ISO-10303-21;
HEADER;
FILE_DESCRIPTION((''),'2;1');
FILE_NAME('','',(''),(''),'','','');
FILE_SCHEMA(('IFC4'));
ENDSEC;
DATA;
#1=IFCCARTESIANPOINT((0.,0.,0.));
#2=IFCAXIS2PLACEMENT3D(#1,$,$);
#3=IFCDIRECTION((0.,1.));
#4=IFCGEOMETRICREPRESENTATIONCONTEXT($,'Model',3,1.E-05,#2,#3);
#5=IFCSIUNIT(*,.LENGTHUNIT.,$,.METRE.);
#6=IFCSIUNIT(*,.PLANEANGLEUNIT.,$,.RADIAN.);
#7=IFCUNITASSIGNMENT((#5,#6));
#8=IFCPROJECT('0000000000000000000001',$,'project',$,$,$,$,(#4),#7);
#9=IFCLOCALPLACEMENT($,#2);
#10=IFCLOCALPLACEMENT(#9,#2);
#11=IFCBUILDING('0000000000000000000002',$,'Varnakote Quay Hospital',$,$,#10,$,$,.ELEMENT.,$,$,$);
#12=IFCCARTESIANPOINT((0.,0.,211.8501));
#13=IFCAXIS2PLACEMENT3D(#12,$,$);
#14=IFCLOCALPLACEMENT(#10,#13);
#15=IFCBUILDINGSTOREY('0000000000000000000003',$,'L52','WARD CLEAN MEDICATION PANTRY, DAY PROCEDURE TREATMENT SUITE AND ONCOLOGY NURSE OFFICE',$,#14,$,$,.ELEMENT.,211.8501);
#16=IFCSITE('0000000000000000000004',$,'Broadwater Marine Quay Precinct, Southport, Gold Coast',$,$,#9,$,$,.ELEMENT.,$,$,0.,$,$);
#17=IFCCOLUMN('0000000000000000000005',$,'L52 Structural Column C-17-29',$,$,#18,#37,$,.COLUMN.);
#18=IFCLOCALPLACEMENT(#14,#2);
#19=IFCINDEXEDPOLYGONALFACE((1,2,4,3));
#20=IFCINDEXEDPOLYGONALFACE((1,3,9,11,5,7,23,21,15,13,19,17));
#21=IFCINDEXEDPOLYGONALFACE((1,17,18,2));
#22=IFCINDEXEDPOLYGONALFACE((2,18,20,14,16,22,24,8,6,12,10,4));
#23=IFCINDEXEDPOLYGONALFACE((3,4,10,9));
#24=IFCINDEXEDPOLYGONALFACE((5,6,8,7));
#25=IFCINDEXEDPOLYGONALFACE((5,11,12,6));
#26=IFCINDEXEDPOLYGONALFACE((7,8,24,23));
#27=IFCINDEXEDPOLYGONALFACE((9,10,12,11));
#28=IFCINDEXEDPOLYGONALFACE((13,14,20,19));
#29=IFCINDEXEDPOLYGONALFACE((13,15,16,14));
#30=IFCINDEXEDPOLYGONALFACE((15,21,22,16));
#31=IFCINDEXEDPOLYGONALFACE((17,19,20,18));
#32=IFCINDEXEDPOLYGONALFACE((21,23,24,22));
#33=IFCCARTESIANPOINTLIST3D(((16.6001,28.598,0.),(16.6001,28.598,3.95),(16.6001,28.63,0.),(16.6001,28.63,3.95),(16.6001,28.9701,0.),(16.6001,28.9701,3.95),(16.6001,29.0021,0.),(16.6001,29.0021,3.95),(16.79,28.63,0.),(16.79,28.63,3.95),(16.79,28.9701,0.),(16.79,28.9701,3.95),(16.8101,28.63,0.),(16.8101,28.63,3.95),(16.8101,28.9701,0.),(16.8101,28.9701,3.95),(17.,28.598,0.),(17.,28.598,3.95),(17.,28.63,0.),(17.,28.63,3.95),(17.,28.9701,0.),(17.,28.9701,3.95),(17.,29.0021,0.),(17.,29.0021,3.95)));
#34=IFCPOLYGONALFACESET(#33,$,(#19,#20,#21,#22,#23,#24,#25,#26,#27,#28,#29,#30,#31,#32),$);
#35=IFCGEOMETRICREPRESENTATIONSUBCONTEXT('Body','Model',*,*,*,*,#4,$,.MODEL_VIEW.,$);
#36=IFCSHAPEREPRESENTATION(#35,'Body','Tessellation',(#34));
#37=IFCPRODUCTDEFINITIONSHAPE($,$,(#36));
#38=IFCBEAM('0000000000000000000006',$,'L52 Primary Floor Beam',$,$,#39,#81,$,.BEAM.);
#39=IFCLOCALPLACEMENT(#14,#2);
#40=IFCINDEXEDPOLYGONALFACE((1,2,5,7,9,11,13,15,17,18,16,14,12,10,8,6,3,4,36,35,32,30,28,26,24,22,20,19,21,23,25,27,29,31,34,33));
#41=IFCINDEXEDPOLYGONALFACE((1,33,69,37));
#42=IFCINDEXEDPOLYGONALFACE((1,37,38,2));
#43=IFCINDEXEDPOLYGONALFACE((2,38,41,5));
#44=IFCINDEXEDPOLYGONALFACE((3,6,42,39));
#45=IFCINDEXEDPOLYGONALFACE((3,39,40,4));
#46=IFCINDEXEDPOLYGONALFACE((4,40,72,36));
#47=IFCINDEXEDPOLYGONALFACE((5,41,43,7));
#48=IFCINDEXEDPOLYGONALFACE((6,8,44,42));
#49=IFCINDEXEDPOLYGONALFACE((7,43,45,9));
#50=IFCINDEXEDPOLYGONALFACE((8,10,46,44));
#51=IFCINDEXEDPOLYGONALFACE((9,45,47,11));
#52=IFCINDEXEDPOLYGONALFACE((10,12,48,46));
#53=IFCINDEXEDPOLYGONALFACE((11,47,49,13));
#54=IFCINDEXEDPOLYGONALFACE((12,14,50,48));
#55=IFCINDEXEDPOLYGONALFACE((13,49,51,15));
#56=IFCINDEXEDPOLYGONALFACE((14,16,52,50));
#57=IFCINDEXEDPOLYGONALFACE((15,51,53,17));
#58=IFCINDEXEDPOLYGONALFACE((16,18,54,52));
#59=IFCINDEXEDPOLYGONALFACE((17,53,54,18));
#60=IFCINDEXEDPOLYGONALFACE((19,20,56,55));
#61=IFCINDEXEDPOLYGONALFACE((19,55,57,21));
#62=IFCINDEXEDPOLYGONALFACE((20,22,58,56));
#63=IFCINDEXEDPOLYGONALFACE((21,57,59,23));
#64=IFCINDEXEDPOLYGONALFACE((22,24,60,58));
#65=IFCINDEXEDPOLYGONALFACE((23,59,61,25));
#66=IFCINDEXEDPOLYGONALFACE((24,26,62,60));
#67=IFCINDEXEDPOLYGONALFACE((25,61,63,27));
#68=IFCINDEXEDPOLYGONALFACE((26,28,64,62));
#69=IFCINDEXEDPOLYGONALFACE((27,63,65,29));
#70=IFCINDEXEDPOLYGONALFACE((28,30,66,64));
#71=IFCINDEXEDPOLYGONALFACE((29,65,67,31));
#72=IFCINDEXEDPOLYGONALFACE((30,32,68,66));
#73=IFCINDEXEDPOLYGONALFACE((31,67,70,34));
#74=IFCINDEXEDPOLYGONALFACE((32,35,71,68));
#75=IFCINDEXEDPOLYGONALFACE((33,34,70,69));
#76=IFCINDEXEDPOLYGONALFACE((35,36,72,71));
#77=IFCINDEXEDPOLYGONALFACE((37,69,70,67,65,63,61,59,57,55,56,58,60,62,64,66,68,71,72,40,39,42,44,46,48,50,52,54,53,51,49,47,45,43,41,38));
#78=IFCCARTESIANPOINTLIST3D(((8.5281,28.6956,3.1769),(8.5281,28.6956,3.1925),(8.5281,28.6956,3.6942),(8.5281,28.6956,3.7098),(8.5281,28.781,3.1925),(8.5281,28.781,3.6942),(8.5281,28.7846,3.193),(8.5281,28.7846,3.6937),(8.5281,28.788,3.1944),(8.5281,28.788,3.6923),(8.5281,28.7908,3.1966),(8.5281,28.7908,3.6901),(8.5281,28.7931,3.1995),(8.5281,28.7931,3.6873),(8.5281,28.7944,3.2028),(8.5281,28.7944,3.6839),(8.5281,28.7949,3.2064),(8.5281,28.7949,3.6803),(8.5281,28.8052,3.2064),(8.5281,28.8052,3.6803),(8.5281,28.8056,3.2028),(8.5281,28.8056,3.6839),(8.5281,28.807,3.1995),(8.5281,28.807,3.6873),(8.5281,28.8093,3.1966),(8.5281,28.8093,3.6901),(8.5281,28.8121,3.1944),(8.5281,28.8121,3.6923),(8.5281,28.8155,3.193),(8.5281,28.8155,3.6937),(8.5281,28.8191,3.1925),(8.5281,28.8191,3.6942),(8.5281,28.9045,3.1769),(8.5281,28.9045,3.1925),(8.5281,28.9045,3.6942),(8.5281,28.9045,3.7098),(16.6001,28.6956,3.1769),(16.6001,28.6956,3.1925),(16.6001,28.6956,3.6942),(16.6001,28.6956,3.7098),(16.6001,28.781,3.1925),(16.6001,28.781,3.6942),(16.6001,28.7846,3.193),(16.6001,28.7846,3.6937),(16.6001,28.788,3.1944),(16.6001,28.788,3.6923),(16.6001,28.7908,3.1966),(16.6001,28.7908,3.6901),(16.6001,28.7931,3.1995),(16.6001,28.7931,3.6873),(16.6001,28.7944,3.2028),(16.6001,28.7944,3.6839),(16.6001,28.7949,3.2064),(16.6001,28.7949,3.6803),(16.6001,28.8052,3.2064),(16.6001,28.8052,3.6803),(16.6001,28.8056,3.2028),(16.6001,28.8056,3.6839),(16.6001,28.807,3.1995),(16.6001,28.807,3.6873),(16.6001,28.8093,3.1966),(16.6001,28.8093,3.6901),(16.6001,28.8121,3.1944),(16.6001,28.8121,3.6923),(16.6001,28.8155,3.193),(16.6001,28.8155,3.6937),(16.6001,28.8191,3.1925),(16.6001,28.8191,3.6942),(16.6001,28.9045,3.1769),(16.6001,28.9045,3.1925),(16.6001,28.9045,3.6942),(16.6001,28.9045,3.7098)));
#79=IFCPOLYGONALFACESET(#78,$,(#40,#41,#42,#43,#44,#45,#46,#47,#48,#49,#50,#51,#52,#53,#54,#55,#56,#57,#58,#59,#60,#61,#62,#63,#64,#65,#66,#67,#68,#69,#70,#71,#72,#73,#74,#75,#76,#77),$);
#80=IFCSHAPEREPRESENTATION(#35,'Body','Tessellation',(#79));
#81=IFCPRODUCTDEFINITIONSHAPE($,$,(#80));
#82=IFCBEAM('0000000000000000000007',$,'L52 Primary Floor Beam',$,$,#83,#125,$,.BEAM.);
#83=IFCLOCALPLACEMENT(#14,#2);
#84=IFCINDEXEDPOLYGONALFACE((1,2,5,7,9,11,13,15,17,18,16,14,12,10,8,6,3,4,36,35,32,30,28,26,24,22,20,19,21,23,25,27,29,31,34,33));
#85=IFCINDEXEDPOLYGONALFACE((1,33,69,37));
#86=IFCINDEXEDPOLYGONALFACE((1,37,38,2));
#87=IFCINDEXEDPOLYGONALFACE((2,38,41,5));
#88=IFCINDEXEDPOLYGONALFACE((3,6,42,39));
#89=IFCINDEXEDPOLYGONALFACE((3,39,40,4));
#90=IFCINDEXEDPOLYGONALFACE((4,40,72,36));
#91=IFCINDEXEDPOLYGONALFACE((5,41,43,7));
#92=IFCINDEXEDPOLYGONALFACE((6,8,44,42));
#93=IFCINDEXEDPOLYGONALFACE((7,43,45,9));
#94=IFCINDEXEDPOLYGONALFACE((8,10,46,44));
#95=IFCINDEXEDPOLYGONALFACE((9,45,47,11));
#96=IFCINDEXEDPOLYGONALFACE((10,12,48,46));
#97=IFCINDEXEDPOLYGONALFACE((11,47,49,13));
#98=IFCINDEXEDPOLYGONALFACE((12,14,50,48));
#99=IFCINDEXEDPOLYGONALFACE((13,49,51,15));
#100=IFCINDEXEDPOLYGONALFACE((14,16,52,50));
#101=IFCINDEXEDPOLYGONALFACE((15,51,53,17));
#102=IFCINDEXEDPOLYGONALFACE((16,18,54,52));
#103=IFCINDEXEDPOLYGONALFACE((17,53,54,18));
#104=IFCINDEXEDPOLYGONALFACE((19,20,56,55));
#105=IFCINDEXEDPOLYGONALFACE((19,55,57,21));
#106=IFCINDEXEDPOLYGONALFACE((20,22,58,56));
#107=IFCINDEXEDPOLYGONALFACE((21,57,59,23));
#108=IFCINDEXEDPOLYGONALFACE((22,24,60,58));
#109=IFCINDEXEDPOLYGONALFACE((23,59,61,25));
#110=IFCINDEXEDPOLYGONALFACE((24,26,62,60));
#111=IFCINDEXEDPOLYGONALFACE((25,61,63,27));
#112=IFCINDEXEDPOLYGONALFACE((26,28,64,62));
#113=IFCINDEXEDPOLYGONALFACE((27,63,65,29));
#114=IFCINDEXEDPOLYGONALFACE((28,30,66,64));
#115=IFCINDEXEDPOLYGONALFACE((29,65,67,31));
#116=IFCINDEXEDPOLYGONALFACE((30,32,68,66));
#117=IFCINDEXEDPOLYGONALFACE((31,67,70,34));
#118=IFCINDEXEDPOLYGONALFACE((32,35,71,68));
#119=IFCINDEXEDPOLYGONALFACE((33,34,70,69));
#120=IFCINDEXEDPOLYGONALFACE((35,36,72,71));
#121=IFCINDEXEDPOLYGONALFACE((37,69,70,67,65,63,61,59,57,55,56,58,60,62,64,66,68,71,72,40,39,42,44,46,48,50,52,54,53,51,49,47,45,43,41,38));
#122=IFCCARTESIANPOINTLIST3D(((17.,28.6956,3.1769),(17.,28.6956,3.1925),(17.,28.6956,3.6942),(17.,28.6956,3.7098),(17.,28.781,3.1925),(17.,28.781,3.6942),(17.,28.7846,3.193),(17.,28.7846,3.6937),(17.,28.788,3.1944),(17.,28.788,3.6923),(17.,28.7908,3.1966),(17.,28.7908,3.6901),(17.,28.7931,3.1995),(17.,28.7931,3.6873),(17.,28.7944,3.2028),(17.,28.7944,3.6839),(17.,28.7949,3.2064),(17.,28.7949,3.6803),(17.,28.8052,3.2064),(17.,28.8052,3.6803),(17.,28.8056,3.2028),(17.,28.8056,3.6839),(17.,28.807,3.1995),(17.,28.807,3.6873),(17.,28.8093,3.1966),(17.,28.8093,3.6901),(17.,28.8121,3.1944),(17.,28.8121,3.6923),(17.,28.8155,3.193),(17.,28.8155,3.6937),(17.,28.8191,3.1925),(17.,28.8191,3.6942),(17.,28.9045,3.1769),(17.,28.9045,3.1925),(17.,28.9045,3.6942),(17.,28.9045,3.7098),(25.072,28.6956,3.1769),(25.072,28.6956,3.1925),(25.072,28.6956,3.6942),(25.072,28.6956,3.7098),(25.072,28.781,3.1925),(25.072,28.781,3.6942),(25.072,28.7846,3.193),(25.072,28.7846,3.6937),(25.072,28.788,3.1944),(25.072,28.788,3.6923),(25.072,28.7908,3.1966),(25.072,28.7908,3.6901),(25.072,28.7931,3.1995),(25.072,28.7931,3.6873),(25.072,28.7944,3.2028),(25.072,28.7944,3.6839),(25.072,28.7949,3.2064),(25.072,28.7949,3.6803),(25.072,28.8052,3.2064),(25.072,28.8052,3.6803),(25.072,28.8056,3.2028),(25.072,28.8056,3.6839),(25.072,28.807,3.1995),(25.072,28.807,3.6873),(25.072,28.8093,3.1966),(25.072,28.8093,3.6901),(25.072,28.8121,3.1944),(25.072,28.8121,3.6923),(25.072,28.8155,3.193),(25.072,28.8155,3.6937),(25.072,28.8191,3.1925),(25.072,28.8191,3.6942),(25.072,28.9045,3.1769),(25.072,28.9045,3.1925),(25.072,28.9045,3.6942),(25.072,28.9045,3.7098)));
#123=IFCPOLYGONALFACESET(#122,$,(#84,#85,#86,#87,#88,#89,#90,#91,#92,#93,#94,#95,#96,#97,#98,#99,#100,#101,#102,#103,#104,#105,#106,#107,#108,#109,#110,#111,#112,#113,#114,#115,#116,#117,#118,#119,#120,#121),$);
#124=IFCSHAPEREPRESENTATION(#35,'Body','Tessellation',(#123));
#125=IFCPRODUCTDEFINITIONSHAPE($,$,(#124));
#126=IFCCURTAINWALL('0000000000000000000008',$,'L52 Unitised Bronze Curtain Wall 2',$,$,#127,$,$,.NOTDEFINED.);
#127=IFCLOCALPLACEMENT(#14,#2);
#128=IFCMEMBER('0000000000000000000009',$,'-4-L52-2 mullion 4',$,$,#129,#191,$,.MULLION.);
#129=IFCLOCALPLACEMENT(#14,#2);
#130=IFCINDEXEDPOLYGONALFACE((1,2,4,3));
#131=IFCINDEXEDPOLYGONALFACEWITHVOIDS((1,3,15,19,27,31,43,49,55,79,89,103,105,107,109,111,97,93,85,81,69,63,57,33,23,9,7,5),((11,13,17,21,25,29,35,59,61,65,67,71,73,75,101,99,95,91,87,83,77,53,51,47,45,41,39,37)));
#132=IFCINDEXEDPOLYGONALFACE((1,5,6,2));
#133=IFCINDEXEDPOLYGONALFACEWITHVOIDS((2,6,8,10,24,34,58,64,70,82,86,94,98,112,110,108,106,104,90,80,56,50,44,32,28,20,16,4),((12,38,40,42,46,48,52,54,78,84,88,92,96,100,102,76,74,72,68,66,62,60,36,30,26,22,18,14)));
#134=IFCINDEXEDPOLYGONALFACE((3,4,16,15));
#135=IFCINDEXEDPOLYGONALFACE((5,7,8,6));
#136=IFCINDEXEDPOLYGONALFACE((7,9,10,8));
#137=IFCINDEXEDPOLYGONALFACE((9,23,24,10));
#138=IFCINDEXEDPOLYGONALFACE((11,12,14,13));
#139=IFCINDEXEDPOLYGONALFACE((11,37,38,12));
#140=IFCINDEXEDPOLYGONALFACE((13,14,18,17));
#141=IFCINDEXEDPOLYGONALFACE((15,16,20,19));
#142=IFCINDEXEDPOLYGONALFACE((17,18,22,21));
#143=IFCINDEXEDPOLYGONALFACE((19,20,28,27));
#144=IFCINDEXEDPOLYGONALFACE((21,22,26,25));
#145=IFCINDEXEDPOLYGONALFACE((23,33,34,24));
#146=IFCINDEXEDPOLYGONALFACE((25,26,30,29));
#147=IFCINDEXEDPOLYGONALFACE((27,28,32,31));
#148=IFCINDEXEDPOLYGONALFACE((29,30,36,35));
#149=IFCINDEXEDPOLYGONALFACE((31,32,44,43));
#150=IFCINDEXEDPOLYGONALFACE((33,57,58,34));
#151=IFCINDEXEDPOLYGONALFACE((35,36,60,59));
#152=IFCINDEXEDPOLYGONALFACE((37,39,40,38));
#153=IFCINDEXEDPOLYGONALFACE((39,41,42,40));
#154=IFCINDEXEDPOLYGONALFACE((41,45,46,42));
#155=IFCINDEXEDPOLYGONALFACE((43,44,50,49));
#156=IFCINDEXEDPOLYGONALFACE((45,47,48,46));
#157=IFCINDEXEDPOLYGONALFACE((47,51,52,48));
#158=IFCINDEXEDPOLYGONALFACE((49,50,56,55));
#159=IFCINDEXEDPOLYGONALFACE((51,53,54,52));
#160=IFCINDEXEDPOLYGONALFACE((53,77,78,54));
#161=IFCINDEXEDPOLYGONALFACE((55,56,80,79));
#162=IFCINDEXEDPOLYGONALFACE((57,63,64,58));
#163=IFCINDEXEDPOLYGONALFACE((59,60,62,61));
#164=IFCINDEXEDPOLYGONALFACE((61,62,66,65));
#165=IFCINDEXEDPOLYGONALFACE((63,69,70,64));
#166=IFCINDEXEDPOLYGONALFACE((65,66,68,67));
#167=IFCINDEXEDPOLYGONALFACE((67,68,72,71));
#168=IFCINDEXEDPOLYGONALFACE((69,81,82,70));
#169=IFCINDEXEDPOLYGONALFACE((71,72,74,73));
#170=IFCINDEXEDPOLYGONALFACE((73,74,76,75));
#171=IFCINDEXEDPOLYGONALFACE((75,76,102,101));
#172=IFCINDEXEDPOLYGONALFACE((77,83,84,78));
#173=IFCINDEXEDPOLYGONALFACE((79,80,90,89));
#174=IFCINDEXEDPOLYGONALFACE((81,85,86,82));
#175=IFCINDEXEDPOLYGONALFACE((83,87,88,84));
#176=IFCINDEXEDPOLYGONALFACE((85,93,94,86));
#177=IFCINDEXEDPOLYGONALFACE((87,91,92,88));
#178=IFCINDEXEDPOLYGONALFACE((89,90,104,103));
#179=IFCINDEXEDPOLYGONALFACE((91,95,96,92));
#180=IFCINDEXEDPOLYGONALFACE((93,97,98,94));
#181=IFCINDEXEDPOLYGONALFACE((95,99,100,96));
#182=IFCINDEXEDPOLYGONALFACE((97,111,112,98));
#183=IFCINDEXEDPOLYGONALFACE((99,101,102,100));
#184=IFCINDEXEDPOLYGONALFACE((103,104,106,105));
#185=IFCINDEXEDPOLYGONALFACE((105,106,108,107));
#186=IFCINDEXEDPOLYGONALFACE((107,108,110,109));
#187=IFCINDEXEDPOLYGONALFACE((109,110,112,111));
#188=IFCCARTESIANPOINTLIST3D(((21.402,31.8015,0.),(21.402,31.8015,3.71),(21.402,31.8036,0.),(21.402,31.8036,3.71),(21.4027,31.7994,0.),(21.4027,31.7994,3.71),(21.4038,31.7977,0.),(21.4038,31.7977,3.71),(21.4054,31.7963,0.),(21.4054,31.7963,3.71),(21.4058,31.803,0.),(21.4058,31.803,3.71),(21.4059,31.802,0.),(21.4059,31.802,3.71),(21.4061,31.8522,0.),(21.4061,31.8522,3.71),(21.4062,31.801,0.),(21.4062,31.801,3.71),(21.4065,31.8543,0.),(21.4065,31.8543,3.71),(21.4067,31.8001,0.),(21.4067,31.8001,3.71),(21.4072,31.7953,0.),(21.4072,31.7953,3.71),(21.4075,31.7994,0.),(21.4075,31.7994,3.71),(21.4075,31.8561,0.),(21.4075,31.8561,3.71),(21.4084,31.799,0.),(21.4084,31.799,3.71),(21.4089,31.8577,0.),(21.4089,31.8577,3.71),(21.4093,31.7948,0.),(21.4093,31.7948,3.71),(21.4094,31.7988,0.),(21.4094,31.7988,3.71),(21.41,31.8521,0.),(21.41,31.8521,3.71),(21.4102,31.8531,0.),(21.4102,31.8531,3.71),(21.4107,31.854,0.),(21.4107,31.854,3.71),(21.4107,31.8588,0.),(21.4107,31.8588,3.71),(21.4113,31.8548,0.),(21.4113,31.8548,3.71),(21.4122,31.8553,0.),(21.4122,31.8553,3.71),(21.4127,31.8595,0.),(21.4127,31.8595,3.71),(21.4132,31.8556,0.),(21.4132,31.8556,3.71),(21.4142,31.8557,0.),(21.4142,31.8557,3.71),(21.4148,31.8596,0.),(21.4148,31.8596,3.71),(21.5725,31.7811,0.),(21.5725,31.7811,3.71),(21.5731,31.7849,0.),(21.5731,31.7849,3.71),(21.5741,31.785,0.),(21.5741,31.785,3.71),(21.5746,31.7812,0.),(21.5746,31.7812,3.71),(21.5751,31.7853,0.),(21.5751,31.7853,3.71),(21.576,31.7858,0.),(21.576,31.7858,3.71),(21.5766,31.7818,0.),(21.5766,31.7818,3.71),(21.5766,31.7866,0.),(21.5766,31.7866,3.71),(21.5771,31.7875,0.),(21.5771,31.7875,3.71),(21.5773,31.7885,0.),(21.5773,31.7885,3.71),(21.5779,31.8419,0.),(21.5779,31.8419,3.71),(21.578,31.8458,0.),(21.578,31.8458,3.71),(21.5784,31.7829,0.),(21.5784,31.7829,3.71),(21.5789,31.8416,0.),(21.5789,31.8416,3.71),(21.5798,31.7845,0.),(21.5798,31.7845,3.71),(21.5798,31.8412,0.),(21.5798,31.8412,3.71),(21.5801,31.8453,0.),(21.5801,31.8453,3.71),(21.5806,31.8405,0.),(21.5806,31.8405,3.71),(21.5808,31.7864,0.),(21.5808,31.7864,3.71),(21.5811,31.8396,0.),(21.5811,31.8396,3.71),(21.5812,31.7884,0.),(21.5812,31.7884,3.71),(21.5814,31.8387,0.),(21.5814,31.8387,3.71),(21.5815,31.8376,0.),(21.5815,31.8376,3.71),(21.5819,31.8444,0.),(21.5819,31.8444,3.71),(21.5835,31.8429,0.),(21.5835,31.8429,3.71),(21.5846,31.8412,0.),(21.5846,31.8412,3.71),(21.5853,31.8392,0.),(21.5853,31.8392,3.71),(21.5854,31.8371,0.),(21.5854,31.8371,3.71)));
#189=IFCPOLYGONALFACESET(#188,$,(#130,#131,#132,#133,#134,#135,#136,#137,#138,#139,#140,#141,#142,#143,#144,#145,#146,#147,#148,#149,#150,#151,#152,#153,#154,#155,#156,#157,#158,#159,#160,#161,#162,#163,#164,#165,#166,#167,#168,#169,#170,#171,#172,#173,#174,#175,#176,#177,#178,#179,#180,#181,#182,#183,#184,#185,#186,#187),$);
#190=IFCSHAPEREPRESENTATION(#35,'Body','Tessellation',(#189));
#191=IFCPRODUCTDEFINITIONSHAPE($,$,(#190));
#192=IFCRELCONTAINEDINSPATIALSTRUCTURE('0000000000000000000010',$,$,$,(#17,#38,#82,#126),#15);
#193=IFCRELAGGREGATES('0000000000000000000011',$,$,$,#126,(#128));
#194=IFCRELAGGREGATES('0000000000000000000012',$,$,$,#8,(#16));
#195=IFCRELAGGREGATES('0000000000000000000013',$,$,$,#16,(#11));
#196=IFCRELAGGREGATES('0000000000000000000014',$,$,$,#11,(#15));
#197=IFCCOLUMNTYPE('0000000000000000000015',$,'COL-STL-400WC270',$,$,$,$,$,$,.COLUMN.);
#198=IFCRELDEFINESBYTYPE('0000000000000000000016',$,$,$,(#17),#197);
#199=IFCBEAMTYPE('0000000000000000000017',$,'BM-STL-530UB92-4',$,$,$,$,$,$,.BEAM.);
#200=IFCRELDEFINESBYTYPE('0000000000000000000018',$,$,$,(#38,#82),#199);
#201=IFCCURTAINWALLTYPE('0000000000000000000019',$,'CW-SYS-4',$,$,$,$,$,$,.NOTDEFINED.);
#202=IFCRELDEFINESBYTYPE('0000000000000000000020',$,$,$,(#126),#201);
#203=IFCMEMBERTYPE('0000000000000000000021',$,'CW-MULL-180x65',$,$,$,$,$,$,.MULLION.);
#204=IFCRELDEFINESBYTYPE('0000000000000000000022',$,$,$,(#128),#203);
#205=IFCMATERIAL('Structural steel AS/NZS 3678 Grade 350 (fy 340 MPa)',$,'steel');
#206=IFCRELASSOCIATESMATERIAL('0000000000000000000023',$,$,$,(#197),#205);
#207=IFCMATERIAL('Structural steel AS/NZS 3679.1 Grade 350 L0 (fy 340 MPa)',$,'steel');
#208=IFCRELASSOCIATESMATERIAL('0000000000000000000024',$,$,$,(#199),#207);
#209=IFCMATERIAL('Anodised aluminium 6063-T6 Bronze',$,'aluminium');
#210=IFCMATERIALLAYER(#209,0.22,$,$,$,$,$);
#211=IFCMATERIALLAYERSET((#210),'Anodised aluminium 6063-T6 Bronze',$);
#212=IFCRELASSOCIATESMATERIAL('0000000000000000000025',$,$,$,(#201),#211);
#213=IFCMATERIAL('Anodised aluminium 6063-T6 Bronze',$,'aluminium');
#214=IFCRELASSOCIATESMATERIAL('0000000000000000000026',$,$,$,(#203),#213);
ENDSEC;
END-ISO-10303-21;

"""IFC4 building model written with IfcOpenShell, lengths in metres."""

from ifc_helpers import new_model, si_unit, direction, frame, origin, origin_2d, place, context, subcontext, project, spatial, hollow_rectangle, i_section, extrude, material, layer, layer_set, material_profile, profile_set, type_object, element, aggregate, save


model = new_model("IFC4")

# Units and contexts
model_context = context("Model", 3, precision=1e-05, world=origin(), true_north=direction((0.0, 1.0)))
body_context = subcontext(model_context, "Body", "Model", "MODEL_VIEW")
ifc_project = project(units=[si_unit("LENGTHUNIT", "METRE"), si_unit("PLANEANGLEUNIT", "RADIAN")], contexts=[model_context])

# Site, building, storey
site_placement = place(None, origin())
site = spatial("IfcSite", under=ifc_project, at=site_placement, Name="Broadwater Marine Quay Precinct, Southport, Gold Coast", CompositionType="ELEMENT", RefElevation=0.0)
building_placement = place(site_placement, origin())
building = spatial("IfcBuilding", under=site, at=building_placement, Name="Varnakote Quay Hospital", CompositionType="ELEMENT")
storey_placement = place(building_placement, frame((0.0, 0.0, 211.8501)))
storey = spatial("IfcBuildingStorey", under=building, at=storey_placement, Name="L52", Description="WARD CLEAN MEDICATION PANTRY, DAY PROCEDURE TREATMENT SUITE AND ONCOLOGY NURSE OFFICE", CompositionType="ELEMENT", Elevation=211.8501)

# Column
ifc_material_1 = material(Name="Structural steel AS/NZS 3678 Grade 350 (fy 340 MPa)", Category="steel")
ifc_material_profile_1 = material_profile(ifc_material_1, i_section(OverallWidth=0.3999, OverallDepth=0.4041, WebThickness=0.02, FlangeThickness=0.032, at=origin_2d()), Name="400WC270")
ifc_profile_set_1 = profile_set([ifc_material_profile_1], Name="Structural steel AS/NZS 3678 Grade 350 (fy 340 MPa)")
column_type = type_object("IfcColumnType", Name="COL-STL-400WC270", PredefinedType="COLUMN", material=ifc_profile_set_1)
column_placement = place(storey_placement, frame((16.8, 28.8, 0.0), z_axis=(0.0, 0.0, 1.0), x_axis=(1.0, 0.0, 0.0)))
element("IfcColumn", 1, at=column_placement, inside=storey, type_object=column_type, Name="L52 Structural Column C-17-29", PredefinedType="COLUMN", context=body_context, shape_type="SweptSolid", body=[
    extrude(i_section(OverallWidth=0.3999, OverallDepth=0.4041, WebThickness=0.02, FlangeThickness=0.032, at=origin_2d()), origin(), (0.0, 0.0, 1.0), 3.95),
])

# Beams
ifc_material_2 = material(Name="Structural steel AS/NZS 3679.1 Grade 350 L0 (fy 340 MPa)", Category="steel")
ifc_material_profile_2 = material_profile(ifc_material_2, i_section(OverallWidth=0.209, OverallDepth=0.533, WebThickness=0.0103, FlangeThickness=0.0156, FilletRadius=0.0139, at=origin_2d()), Name="530UB92.4")
ifc_profile_set_2 = profile_set([ifc_material_profile_2], Name="Structural steel AS/NZS 3679.1 Grade 350 L0 (fy 340 MPa)")
beam_type_1 = type_object("IfcBeamType", Name="BM-STL-530UB92-4", PredefinedType="BEAM", material=ifc_profile_set_2)
for number, where, z_axis, x_axis, name in (
    (2, (8.5281, 28.8, 3.4434), (1.0, 0.0, 0.0), (0.0, 1.0, 0.0), "L52 Primary Floor Beam"),
    (3, (17.0, 28.8, 3.4434), (1.0, 0.0, 0.0), (0.0, 1.0, 0.0), "L52 Primary Floor Beam"),
):
    element("IfcBeam", number, at=place(storey_placement, frame(where, z_axis=z_axis, x_axis=x_axis)), inside=storey, type_object=beam_type_1, Name=name, PredefinedType="BEAM", context=body_context, shape_type="SweptSolid", body=[
        extrude(i_section(OverallWidth=0.209, OverallDepth=0.533, WebThickness=0.0103, FlangeThickness=0.0156, FilletRadius=0.0139, at=origin_2d()), origin(), (0.0, 0.0, 1.0), 8.072),
    ])

# Curtain wall, member
ifc_material_3 = material(Name="Anodised aluminium 6063-T6 Bronze", Category="aluminium")
ifc_layer_1 = layer(ifc_material_3, 0.22)
ifc_layer_set_1 = layer_set([ifc_layer_1], Name="Anodised aluminium 6063-T6 Bronze")
curtain_wall_type = type_object("IfcCurtainWallType", Name="CW-SYS-4", PredefinedType="NOTDEFINED", material=ifc_layer_set_1)
curtain_wall_placement = place(storey_placement, origin())
curtain_wall = element("IfcCurtainWall", 4, at=curtain_wall_placement, inside=storey, type_object=curtain_wall_type, Name="L52 Unitised Bronze Curtain Wall 2", PredefinedType="NOTDEFINED")
ifc_material_4 = material(Name="Anodised aluminium 6063-T6 Bronze", Category="aluminium")
ifc_material_profile_3 = material_profile(ifc_material_4, hollow_rectangle(XDim=0.0649, YDim=0.1799, WallThickness=0.0039, InnerFilletRadius=0.0039, OuterFilletRadius=0.0081, at=origin_2d()), Name="CW-MULL-180x65")
ifc_profile_set_3 = profile_set([ifc_material_profile_3], Name="Anodised aluminium 6063-T6 Bronze")
member_type = type_object("IfcMemberType", Name="CW-MULL-180x65", PredefinedType="MULLION", material=ifc_profile_set_3)
member_placement = place(storey_placement, frame((21.4937, 31.8203, 0.0), z_axis=(0.0, 0.0, 1.0), x_axis=(-0.084136, -0.996454, 0.0)))
member = element("IfcMember", 5, at=member_placement, type_object=member_type, Name="-4-L52-2 mullion 4", PredefinedType="MULLION", context=body_context, shape_type="SweptSolid", body=[
    extrude(hollow_rectangle(XDim=0.0649, YDim=0.1799, WallThickness=0.0039, InnerFilletRadius=0.0039, OuterFilletRadius=0.0081, at=origin_2d()), origin(), (0.0, 0.0, 1.0), 3.71),
])

aggregate(curtain_wall, [member])

save(model, "model.ifc")
